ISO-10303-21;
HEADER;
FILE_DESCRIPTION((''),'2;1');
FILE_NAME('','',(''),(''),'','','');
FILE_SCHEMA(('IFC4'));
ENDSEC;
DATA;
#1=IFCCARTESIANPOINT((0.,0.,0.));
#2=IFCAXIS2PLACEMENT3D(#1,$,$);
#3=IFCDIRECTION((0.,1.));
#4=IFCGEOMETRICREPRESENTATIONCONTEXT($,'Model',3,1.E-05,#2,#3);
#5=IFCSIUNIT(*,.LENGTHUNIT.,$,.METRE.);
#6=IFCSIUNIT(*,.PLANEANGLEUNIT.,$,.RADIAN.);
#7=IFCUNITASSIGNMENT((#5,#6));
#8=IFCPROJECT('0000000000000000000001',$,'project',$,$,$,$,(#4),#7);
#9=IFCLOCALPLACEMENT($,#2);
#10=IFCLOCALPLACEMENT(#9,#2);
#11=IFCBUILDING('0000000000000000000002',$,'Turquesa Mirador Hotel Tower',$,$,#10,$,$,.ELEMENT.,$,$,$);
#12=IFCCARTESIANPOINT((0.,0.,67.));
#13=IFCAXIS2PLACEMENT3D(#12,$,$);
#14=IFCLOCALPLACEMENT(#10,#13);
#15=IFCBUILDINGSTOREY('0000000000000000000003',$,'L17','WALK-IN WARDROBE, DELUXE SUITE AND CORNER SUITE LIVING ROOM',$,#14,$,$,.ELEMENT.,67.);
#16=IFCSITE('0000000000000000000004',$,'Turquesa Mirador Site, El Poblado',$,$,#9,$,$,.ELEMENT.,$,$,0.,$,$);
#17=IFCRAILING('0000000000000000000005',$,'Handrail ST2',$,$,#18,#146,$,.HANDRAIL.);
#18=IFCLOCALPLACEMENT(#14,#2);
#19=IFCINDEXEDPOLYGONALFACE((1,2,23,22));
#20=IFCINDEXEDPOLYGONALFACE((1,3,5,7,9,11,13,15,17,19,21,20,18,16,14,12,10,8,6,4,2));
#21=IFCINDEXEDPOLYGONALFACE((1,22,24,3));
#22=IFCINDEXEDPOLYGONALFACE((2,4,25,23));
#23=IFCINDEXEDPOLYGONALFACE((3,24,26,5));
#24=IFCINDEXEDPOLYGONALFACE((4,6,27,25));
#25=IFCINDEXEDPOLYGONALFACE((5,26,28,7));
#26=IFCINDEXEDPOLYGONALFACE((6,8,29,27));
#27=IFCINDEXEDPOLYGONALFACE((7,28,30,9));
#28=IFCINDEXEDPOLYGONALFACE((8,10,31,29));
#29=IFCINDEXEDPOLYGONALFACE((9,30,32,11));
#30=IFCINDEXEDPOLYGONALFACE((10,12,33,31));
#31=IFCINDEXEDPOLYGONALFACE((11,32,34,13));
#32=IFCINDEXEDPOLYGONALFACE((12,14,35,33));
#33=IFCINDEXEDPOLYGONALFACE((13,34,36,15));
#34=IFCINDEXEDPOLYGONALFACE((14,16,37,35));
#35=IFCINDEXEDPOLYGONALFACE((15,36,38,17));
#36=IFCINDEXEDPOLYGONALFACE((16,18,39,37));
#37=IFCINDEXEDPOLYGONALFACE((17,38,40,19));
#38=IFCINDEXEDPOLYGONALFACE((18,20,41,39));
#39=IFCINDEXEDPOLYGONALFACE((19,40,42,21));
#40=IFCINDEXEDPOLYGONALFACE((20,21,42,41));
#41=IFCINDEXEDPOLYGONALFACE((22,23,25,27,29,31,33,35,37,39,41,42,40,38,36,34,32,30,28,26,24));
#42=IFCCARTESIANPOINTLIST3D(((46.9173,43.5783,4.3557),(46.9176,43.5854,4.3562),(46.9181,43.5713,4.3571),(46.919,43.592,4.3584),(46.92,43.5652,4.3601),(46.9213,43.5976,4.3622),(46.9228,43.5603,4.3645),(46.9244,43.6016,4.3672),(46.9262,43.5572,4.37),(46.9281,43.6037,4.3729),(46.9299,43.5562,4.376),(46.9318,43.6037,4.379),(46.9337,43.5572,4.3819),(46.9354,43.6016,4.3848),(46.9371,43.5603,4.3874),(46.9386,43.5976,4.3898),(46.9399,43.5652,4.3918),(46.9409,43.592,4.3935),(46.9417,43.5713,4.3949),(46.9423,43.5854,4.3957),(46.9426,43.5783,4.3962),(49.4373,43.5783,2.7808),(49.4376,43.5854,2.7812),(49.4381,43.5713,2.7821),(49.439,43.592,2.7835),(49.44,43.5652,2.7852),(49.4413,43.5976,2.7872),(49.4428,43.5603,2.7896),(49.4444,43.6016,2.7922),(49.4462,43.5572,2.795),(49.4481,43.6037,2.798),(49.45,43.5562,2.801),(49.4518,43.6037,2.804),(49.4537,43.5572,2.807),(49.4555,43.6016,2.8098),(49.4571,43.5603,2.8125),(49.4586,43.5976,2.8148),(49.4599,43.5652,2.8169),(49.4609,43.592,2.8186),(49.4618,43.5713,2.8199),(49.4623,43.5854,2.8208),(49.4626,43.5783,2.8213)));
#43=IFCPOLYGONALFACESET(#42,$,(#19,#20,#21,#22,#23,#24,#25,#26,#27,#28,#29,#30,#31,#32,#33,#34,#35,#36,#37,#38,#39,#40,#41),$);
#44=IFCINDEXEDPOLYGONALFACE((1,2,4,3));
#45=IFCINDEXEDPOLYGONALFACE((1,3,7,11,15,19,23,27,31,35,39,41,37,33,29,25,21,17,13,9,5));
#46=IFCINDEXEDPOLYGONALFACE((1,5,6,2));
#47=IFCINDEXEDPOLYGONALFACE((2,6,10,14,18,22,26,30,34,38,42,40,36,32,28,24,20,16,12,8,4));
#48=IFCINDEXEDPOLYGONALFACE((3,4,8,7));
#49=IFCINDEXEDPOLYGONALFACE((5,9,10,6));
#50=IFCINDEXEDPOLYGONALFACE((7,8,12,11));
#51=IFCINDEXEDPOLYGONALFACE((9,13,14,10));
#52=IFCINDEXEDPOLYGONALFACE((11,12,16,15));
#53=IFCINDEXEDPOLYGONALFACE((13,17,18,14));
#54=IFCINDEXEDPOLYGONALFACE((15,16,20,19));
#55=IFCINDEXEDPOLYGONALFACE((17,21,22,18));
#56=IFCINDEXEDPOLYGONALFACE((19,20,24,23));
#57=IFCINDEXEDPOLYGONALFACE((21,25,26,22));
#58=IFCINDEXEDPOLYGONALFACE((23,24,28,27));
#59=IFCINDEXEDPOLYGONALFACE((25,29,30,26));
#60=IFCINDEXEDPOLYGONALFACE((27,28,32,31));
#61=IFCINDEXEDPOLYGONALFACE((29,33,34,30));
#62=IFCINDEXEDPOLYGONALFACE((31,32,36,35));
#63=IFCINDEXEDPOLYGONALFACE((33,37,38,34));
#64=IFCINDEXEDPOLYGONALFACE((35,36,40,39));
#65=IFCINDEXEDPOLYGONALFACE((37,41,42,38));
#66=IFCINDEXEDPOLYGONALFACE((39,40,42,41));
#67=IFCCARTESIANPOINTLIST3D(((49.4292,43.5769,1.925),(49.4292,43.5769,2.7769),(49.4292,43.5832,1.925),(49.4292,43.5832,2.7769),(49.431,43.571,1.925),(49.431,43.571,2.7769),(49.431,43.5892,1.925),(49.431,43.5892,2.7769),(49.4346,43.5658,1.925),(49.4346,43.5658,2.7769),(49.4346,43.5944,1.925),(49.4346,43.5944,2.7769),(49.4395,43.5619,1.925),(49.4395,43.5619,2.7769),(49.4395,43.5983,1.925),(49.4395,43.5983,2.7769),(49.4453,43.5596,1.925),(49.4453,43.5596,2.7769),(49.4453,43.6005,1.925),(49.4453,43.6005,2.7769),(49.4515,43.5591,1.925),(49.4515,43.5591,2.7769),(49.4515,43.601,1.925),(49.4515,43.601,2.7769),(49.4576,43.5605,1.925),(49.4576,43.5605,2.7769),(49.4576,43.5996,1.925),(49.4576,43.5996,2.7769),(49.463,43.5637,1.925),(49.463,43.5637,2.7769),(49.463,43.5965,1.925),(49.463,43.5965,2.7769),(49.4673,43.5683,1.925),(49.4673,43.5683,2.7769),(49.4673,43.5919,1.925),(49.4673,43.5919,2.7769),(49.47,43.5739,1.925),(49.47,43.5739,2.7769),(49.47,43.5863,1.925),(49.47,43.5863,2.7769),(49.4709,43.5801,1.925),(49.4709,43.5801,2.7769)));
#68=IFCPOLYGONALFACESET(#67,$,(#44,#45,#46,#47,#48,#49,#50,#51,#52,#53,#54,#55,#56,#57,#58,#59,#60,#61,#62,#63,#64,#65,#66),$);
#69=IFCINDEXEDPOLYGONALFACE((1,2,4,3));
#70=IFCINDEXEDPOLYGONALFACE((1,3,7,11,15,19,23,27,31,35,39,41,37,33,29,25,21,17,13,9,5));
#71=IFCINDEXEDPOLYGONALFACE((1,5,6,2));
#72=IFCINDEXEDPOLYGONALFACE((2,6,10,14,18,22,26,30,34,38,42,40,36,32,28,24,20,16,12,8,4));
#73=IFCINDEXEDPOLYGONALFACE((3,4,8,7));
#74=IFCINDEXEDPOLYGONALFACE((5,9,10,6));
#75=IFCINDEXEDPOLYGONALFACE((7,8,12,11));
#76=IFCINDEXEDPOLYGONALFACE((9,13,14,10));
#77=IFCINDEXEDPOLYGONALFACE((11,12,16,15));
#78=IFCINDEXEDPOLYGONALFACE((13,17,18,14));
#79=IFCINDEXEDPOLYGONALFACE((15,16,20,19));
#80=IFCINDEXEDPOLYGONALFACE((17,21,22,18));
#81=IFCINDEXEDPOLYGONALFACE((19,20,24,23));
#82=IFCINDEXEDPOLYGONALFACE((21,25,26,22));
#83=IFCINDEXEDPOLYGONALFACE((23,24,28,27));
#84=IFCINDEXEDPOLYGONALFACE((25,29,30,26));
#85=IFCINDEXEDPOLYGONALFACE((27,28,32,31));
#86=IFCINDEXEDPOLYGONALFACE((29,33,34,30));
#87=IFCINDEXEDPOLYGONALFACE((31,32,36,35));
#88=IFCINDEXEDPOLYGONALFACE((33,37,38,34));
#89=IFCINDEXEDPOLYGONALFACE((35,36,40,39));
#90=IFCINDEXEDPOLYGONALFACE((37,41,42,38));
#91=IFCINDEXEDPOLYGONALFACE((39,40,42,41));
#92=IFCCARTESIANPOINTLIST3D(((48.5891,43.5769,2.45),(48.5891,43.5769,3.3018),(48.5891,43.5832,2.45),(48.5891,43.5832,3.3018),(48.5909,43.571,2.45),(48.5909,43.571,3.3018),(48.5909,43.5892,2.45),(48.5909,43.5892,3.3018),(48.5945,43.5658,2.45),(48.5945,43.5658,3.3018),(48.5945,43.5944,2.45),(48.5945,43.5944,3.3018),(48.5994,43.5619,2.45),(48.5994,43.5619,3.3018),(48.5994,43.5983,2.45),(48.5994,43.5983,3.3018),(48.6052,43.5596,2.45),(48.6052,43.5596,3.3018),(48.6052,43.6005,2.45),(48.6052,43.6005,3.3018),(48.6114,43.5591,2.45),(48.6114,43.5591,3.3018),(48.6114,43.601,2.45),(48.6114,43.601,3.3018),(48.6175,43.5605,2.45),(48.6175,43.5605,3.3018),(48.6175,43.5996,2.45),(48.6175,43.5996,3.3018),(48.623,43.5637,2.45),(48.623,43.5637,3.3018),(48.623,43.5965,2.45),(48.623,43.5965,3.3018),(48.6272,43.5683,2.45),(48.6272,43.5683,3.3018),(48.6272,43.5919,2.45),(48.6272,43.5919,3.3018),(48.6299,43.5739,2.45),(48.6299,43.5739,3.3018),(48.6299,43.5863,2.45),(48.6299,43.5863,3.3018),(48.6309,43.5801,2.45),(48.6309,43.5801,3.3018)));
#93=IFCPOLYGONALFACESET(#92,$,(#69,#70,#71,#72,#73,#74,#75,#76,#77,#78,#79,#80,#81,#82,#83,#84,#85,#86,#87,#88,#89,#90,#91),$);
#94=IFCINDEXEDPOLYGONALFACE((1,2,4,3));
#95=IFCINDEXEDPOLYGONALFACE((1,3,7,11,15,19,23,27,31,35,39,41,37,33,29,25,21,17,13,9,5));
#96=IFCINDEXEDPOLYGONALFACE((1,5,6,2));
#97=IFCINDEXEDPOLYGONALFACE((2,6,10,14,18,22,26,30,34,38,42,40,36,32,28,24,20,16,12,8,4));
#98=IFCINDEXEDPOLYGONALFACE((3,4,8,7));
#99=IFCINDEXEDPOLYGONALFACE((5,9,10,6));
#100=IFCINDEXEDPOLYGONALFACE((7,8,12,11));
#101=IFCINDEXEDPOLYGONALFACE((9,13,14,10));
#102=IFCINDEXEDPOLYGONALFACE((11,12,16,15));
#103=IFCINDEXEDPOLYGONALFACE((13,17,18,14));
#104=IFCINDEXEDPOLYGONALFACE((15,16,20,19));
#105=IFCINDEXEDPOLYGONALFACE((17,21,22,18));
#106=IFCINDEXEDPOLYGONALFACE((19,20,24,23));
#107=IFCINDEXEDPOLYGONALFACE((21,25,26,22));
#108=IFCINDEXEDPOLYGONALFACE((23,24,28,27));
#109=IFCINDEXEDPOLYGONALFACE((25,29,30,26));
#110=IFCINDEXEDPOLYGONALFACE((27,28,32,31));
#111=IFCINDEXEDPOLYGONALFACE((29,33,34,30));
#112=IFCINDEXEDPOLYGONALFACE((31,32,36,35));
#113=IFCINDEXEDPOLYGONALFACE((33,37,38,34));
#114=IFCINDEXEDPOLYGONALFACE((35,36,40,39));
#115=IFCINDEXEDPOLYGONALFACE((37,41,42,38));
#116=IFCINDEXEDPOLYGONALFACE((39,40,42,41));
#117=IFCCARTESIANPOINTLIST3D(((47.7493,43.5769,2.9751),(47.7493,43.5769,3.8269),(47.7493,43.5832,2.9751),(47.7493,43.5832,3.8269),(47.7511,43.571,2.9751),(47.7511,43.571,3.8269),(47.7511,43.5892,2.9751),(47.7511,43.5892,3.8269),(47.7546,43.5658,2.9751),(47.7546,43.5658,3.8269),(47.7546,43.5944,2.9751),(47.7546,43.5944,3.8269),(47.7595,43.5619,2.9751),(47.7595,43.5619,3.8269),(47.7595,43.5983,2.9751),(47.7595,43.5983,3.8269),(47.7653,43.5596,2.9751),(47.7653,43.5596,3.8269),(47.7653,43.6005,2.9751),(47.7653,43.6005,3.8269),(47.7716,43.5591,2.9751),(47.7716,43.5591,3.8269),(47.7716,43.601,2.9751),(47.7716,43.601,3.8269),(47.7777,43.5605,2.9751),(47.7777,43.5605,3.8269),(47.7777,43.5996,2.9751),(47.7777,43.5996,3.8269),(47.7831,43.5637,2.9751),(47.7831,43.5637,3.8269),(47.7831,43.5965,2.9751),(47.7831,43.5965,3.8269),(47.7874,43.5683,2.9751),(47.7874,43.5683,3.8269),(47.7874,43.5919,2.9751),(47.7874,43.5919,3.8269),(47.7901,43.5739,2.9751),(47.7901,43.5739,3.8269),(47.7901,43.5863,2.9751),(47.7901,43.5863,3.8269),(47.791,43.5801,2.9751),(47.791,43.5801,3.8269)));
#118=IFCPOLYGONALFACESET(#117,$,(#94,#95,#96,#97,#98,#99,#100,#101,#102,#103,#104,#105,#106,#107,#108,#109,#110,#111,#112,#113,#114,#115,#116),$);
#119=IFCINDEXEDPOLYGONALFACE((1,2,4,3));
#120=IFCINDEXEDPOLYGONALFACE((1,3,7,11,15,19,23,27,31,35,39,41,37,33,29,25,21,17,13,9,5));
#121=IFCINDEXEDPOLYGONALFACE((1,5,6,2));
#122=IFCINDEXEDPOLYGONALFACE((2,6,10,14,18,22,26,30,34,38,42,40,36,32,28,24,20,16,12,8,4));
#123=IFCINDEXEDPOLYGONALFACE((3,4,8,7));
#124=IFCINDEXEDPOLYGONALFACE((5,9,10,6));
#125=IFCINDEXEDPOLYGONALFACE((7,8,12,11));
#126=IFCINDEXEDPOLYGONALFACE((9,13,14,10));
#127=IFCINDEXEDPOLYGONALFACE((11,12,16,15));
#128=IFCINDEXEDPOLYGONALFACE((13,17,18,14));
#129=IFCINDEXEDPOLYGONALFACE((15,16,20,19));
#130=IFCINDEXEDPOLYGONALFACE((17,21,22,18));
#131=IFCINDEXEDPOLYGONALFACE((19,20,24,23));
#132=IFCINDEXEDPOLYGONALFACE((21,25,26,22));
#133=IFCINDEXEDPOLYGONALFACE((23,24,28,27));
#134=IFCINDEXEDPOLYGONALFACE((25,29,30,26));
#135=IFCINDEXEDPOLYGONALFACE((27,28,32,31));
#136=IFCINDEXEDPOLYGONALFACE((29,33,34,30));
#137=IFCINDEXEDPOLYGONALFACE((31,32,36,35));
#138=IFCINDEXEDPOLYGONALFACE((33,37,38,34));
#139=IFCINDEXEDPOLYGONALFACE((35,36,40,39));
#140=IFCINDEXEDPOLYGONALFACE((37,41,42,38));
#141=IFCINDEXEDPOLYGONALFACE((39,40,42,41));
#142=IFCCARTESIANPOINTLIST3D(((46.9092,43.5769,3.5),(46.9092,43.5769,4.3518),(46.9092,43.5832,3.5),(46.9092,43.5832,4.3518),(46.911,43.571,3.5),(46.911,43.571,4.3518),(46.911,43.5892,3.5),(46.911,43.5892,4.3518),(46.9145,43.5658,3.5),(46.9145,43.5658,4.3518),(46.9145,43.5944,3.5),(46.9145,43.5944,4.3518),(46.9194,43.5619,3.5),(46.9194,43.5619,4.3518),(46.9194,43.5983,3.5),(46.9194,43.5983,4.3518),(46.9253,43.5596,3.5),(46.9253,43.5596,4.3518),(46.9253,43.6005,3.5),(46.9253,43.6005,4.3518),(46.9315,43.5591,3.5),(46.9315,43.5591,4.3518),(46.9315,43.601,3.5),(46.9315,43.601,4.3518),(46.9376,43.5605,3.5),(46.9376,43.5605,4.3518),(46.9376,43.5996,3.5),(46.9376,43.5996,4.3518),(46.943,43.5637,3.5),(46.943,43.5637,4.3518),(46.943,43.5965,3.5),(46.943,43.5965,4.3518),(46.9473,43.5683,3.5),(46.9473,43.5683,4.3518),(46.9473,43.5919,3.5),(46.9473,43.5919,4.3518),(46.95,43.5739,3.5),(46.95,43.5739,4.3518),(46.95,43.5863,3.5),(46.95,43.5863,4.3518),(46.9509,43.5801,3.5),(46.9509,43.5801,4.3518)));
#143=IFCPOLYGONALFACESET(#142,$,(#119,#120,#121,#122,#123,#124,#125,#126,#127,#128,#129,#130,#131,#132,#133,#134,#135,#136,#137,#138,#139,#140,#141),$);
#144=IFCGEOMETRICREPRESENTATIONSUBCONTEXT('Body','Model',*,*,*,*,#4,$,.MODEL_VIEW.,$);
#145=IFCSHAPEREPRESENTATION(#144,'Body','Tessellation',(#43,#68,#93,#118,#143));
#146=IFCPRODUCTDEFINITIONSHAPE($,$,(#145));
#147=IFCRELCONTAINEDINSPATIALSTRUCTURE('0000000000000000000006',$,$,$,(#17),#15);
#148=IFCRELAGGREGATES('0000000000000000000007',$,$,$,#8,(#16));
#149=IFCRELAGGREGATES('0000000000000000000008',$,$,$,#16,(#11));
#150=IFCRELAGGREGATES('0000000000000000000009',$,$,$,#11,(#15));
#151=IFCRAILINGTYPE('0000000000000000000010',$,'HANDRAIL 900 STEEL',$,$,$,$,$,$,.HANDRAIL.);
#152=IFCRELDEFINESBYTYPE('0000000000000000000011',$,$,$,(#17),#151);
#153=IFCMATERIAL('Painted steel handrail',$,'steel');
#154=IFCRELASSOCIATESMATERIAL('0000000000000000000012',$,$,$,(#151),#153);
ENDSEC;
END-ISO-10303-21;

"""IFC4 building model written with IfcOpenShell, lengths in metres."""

from ifc_helpers import new_model, si_unit, direction, frame, origin, origin_2d, place, context, subcontext, project, spatial, circle, extrude, material, type_object, element, save


model = new_model("IFC4")

# Units and contexts
model_context = context("Model", 3, precision=1e-05, world=origin(), true_north=direction((0.0, 1.0)))
body_context = subcontext(model_context, "Body", "Model", "MODEL_VIEW")
ifc_project = project(units=[si_unit("LENGTHUNIT", "METRE"), si_unit("PLANEANGLEUNIT", "RADIAN")], contexts=[model_context])

# Site, building, storey
site_placement = place(None, origin())
site = spatial("IfcSite", under=ifc_project, at=site_placement, Name="Turquesa Mirador Site, El Poblado", CompositionType="ELEMENT", RefElevation=0.0)
building_placement = place(site_placement, origin())
building = spatial("IfcBuilding", under=site, at=building_placement, Name="Turquesa Mirador Hotel Tower", CompositionType="ELEMENT")
storey_placement = place(building_placement, frame((0.0, 0.0, 67.0)))
storey = spatial("IfcBuildingStorey", under=building, at=storey_placement, Name="L17", Description="WALK-IN WARDROBE, DELUXE SUITE AND CORNER SUITE LIVING ROOM", CompositionType="ELEMENT", Elevation=67.0)

# Railing
ifc_material_1 = material(Name="Painted steel handrail", Category="steel")
railing_type = type_object("IfcRailingType", Name="HANDRAIL 900 STEEL", PredefinedType="HANDRAIL", material=ifc_material_1)
railing_1_placement = place(storey_placement, frame((49.45, 43.5801, 1.925)))
element("IfcRailing", 1, at=railing_1_placement, inside=storey, type_object=railing_type, Name="Handrail ST2", PredefinedType="HANDRAIL", context=body_context, shape_type="SweptSolid", body=[
    extrude(circle(Radius=0.0239, at=origin_2d()), frame((0.0, 0.0, 0.876), z_axis=(-0.848008, 0.0, 0.529984), x_axis=(0.0, -1.0, 0.0)), (0.0, 0.0, 1.0), 2.9717),
    extrude(circle(Radius=0.021, at=origin_2d()), origin(), (0.0, 0.0, 1.0), 0.8518),
    extrude(circle(Radius=0.021, at=origin_2d()), frame((-0.8401, 0.0, 0.5249)), (0.0, 0.0, 1.0), 0.8518),
    extrude(circle(Radius=0.021, at=origin_2d()), frame((-1.6799, 0.0, 1.05)), (0.0, 0.0, 1.0), 0.8518),
    extrude(circle(Radius=0.021, at=origin_2d()), frame((-2.52, 0.0, 1.575)), (0.0, 0.0, 1.0), 0.8518),
])

save(model, "model.ifc")
